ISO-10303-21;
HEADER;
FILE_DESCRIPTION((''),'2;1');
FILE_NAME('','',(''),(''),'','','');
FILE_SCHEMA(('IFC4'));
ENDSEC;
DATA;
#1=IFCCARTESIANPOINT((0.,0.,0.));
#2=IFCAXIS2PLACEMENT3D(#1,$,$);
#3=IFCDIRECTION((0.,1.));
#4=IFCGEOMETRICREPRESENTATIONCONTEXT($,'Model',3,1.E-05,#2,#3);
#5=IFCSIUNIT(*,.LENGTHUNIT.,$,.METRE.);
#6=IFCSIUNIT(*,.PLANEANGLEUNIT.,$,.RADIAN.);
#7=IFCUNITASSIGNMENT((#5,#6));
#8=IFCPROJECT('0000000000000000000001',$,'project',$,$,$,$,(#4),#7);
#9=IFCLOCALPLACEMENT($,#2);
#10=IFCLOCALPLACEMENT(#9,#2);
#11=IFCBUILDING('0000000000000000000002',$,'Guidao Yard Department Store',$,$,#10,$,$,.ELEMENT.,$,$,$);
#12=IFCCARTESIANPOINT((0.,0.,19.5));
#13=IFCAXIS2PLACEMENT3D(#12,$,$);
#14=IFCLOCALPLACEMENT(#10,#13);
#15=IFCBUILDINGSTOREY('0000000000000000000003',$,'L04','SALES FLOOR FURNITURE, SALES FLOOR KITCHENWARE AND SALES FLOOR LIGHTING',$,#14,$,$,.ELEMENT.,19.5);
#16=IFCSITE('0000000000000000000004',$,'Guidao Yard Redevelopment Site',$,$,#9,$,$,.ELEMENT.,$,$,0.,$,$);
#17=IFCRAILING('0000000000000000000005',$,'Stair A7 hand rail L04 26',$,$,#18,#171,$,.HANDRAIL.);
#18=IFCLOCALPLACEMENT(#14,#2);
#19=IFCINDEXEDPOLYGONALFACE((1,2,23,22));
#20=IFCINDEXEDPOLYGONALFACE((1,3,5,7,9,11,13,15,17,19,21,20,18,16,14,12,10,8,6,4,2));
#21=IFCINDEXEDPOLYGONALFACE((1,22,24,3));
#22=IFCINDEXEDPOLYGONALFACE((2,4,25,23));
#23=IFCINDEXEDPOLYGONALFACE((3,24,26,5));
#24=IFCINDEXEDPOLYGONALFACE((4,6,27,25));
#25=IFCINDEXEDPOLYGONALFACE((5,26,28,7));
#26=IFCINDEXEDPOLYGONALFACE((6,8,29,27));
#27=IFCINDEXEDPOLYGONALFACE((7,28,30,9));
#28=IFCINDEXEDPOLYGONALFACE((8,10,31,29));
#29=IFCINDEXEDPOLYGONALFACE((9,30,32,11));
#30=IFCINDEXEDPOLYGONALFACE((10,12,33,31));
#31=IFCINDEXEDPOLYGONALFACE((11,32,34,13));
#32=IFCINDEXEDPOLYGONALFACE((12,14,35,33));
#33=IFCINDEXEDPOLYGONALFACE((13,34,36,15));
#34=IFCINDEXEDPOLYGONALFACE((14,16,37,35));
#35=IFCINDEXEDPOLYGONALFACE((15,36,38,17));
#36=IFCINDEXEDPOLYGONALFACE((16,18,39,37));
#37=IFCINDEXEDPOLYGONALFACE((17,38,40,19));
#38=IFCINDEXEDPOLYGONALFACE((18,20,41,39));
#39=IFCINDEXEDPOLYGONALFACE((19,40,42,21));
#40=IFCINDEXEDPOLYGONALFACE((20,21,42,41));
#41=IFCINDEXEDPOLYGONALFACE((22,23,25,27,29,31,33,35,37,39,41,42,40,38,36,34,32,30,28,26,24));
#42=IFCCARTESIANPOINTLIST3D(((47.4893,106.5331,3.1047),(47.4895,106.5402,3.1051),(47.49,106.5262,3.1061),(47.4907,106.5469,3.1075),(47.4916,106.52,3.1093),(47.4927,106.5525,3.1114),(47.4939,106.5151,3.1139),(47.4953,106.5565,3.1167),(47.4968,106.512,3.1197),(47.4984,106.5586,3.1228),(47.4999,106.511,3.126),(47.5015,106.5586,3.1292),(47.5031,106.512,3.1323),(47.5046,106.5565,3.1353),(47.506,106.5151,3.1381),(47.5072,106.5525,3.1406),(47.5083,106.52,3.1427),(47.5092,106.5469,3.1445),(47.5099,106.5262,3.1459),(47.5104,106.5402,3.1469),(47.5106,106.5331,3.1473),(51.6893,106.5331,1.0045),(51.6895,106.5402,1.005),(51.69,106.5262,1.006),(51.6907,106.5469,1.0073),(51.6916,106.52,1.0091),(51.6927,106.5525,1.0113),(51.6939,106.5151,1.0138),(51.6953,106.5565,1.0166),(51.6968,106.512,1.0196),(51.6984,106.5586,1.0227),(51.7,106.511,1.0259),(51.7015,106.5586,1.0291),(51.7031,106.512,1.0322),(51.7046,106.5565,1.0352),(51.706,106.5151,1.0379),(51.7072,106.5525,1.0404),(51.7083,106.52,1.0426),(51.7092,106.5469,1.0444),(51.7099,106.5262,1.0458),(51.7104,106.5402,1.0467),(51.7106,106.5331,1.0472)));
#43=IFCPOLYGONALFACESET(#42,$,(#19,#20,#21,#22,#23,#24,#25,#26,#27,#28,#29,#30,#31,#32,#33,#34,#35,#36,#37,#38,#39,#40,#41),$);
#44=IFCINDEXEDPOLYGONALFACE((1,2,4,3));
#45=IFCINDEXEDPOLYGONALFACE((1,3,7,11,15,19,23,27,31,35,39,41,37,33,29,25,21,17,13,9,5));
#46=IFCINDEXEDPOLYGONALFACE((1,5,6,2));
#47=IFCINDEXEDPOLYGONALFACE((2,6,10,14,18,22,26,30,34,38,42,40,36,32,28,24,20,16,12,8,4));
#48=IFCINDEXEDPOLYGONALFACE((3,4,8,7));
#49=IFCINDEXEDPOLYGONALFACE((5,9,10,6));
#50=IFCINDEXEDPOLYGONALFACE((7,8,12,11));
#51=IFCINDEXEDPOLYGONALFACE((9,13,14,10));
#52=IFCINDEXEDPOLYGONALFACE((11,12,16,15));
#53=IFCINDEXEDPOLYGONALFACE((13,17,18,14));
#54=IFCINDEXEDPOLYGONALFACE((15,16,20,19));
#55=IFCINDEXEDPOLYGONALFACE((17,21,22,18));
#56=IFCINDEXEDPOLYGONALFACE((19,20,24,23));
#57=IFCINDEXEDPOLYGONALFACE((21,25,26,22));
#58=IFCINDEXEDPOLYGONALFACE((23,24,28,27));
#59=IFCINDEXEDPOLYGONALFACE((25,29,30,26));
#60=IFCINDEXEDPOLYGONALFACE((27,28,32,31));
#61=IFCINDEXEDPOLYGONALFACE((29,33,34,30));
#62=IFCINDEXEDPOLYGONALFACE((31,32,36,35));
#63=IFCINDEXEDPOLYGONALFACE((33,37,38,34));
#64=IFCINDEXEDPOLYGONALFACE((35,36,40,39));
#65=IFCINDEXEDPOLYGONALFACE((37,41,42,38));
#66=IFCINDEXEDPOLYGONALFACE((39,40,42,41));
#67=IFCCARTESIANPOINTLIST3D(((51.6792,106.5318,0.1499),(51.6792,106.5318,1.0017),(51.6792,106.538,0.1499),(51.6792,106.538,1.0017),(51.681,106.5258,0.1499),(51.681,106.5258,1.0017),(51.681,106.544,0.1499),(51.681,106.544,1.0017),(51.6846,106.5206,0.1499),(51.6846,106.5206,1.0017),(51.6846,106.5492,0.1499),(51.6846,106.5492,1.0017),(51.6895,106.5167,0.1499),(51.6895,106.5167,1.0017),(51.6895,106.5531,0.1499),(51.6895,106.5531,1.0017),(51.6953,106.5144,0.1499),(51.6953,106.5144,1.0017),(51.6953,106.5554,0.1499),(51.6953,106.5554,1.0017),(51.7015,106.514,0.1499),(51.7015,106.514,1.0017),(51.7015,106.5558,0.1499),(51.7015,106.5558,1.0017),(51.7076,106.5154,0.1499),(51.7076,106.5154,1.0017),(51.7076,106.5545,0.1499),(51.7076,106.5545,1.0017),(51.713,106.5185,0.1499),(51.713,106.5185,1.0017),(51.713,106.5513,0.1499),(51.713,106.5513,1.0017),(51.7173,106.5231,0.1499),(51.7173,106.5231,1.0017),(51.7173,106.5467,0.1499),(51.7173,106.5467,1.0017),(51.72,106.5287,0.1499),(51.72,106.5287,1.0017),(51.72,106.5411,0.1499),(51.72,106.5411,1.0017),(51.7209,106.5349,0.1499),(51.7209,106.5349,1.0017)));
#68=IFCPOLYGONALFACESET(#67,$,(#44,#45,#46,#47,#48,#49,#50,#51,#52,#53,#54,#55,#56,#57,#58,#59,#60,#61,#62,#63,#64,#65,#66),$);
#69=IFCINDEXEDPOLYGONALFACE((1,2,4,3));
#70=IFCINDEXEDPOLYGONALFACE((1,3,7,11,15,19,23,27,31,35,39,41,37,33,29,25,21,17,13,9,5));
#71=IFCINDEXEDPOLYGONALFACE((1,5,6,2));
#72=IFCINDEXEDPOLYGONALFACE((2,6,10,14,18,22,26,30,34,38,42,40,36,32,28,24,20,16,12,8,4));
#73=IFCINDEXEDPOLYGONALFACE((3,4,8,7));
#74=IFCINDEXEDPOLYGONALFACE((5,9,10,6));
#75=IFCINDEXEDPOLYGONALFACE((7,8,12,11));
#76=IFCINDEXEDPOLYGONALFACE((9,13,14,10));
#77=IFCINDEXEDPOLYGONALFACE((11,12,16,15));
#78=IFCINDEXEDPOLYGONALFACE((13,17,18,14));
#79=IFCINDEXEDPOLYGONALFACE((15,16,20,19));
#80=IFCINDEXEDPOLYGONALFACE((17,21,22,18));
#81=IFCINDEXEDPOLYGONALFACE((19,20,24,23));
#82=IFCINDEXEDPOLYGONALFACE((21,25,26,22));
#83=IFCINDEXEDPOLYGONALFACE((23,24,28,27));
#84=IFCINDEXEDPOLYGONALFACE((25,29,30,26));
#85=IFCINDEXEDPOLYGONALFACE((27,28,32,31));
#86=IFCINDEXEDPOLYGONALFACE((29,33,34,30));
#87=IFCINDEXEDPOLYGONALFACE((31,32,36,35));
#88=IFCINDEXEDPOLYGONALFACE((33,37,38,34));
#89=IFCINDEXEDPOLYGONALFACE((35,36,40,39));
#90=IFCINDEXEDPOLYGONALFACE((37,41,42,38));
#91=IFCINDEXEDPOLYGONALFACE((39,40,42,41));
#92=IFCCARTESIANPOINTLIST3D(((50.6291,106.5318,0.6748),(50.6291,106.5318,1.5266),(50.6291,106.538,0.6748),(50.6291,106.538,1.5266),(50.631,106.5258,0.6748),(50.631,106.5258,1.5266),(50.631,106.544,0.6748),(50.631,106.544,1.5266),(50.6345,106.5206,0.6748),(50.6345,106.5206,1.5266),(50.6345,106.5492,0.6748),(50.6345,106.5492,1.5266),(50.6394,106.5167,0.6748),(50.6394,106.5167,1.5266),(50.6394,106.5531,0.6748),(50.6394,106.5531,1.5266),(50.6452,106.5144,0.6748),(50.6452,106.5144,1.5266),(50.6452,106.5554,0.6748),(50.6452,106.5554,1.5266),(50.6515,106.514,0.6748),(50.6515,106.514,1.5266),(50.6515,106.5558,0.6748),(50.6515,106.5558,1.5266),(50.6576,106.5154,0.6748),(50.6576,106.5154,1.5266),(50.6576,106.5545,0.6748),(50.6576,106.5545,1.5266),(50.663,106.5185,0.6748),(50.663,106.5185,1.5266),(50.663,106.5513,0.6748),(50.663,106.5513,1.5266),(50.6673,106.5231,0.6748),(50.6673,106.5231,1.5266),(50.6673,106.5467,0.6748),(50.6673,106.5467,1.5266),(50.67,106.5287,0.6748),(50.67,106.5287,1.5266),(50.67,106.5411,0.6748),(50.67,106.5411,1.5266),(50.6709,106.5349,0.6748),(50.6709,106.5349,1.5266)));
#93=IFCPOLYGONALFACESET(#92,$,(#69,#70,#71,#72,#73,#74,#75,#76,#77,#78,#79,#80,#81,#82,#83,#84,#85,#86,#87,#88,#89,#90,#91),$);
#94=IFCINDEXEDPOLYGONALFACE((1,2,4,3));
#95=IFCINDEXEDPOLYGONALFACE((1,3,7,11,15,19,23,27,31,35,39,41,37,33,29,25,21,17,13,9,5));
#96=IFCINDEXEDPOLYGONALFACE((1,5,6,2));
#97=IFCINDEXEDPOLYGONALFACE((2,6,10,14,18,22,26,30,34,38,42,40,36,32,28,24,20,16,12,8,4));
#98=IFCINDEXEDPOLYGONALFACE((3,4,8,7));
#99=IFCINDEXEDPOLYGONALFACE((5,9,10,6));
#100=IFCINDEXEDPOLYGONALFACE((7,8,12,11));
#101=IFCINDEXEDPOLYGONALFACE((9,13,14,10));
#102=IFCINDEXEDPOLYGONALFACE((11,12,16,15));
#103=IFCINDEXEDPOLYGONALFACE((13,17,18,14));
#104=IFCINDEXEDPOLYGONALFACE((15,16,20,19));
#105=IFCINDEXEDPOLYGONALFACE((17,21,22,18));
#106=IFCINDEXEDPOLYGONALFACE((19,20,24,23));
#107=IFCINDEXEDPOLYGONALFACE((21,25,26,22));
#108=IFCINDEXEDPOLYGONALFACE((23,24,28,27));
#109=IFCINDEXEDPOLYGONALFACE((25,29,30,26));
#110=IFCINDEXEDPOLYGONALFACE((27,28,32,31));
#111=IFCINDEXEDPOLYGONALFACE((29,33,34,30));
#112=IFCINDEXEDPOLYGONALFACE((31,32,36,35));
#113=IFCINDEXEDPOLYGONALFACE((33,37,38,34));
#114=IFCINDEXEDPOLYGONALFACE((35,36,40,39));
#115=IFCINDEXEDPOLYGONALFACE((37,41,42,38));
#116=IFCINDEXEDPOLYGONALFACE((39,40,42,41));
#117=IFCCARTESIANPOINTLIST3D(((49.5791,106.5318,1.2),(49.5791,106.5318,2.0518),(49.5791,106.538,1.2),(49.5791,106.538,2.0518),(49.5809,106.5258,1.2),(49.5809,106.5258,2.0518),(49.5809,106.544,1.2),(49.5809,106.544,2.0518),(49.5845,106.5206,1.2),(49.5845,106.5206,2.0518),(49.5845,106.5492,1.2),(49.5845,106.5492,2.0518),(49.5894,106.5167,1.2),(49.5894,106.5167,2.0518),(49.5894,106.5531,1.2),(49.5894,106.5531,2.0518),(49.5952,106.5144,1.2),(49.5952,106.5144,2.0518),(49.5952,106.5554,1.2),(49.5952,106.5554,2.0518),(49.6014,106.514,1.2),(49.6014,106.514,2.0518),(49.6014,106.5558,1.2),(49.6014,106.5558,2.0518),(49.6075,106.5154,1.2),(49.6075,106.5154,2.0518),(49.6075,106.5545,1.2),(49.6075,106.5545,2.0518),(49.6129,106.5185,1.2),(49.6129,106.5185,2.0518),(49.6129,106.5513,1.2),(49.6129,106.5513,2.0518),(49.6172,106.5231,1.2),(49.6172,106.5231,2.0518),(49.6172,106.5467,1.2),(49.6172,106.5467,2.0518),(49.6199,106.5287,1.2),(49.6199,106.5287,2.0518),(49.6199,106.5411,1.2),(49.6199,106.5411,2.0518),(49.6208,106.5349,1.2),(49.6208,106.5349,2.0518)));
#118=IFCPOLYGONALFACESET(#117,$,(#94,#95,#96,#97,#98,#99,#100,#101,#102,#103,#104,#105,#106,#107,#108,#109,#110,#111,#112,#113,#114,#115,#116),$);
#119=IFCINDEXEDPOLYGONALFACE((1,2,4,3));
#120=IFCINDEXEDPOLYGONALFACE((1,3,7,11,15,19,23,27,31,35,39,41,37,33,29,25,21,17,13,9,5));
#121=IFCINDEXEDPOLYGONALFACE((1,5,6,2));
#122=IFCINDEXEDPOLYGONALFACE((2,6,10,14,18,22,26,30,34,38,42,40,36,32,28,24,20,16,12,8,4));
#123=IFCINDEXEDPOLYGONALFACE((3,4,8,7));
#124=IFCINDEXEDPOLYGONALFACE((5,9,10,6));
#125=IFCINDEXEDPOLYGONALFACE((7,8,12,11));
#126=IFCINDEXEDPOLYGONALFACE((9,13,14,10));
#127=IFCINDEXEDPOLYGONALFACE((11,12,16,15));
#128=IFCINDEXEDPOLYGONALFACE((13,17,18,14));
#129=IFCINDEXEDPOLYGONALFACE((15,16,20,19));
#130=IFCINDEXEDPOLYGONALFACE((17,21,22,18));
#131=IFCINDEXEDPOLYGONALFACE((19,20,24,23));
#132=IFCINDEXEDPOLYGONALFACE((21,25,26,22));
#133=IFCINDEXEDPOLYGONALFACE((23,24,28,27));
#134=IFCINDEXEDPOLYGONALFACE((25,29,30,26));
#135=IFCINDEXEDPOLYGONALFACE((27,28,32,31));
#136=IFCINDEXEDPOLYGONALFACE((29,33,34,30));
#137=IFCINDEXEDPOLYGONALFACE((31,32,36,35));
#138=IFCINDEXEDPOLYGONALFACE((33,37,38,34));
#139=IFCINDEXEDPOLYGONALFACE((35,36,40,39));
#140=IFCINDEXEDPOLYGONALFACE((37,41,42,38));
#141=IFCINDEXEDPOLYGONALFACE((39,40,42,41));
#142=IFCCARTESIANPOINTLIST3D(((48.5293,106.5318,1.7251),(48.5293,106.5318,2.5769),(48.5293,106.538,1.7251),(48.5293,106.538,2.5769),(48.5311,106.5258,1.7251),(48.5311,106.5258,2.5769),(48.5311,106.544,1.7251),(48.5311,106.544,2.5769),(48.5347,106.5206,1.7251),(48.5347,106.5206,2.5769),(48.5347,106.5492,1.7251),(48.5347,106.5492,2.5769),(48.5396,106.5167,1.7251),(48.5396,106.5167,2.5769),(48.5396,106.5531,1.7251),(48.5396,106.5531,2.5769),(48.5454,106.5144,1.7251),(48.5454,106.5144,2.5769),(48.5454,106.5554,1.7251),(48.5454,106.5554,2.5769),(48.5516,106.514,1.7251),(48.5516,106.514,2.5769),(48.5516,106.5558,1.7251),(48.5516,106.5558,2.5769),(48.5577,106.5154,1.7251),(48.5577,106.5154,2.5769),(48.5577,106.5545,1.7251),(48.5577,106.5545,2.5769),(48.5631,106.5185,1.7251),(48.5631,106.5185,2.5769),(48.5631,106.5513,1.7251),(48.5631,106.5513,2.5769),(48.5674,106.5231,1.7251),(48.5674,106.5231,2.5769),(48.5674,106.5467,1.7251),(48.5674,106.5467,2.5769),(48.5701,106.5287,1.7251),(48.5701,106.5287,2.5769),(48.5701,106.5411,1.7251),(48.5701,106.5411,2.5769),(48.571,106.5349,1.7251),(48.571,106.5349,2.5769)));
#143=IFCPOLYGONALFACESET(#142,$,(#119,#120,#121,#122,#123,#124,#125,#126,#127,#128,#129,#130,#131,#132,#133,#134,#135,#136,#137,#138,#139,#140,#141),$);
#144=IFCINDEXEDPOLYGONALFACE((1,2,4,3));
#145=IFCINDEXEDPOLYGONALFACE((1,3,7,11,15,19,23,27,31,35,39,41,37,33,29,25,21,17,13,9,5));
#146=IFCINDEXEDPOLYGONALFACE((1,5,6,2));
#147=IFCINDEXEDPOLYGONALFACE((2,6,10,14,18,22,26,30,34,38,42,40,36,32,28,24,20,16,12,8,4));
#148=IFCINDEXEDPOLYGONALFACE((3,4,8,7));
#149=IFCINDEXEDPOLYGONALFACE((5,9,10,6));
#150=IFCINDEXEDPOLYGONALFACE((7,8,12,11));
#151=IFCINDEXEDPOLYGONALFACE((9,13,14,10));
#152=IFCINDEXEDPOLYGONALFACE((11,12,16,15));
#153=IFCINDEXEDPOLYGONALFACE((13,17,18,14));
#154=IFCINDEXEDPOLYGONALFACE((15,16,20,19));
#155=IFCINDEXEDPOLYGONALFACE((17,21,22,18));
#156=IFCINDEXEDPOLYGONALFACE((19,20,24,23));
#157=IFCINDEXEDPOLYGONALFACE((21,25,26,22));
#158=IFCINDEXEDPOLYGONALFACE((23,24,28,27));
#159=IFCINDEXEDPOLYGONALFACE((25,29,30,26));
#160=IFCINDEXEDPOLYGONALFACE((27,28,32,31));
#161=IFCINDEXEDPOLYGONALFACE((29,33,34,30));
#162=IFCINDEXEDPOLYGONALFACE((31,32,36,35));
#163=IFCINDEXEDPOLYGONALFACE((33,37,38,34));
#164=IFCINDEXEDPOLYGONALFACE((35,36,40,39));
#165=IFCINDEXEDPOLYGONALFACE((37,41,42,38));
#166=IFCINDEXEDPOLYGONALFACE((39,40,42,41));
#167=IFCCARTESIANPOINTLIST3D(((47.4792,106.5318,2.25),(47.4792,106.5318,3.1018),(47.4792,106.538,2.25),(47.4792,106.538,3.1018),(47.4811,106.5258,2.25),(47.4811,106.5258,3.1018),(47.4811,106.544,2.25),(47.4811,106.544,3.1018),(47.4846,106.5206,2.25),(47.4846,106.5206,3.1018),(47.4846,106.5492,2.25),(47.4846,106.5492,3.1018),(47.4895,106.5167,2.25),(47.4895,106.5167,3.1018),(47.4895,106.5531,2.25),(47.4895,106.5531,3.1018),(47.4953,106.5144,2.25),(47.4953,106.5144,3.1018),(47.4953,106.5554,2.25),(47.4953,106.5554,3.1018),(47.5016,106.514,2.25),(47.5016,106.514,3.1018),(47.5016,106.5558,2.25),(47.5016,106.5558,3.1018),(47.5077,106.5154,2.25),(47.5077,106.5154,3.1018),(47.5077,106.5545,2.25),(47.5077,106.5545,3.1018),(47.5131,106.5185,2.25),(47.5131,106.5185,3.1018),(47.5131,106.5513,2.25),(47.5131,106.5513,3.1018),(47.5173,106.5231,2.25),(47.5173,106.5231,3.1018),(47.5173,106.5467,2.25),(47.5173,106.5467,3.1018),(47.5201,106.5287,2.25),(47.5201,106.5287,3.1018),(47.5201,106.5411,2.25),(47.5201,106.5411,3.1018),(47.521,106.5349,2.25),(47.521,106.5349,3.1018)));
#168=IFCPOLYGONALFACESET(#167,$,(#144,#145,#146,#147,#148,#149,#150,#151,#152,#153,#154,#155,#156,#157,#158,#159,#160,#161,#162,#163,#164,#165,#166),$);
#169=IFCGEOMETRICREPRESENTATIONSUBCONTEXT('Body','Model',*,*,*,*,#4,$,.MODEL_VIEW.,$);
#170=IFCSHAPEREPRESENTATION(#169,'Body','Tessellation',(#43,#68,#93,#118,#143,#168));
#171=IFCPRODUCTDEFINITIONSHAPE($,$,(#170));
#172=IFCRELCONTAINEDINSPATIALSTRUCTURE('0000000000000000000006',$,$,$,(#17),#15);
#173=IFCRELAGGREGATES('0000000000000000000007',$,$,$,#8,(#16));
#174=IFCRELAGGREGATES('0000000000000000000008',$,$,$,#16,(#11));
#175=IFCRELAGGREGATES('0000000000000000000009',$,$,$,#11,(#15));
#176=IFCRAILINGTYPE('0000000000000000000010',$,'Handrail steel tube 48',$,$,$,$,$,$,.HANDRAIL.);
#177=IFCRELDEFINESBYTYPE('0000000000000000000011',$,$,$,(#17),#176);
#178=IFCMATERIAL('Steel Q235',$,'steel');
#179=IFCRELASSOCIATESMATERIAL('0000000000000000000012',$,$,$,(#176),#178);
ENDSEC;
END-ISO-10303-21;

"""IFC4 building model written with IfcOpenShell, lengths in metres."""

from ifc_helpers import new_model, si_unit, direction, frame, origin, origin_2d, place, context, subcontext, project, spatial, circle, extrude, material, type_object, element, save


model = new_model("IFC4")

# Units and contexts
model_context = context("Model", 3, precision=1e-05, world=origin(), true_north=direction((0.0, 1.0)))
body_context = subcontext(model_context, "Body", "Model", "MODEL_VIEW")
ifc_project = project(units=[si_unit("LENGTHUNIT", "METRE"), si_unit("PLANEANGLEUNIT", "RADIAN")], contexts=[model_context])

# Site, building, storey
site_placement = place(None, origin())
site = spatial("IfcSite", under=ifc_project, at=site_placement, Name="Guidao Yard Redevelopment Site", CompositionType="ELEMENT", RefElevation=0.0)
building_placement = place(site_placement, origin())
building = spatial("IfcBuilding", under=site, at=building_placement, Name="Guidao Yard Department Store", CompositionType="ELEMENT")
storey_placement = place(building_placement, frame((0.0, 0.0, 19.5)))
storey = spatial("IfcBuildingStorey", under=building, at=storey_placement, Name="L04", Description="SALES FLOOR FURNITURE, SALES FLOOR KITCHENWARE AND SALES FLOOR LIGHTING", CompositionType="ELEMENT", Elevation=19.5)

# Railing
ifc_material_1 = material(Name="Steel Q235", Category="steel")
railing_type_1 = type_object("IfcRailingType", Name="Handrail steel tube 48", PredefinedType="HANDRAIL", material=ifc_material_1)
for number, where, name in (
    (1, (51.7, 106.5349, 0.1499), "Stair A7 hand rail L04 26"),
):
    element("IfcRailing", number, at=place(storey_placement, frame(where)), inside=storey, type_object=railing_type_1, Name=name, PredefinedType="HANDRAIL", context=body_context, shape_type="SweptSolid", body=[
        extrude(circle(Radius=0.0239, at=origin_2d()), frame((0.0, 0.0, 0.876), z_axis=(-0.894417, 0.0, 0.447234), x_axis=(0.0, -1.0, 0.0)), (0.0, 0.0, 1.0), 4.6958),
        extrude(circle(Radius=0.021, at=origin_2d()), origin(), (0.0, 0.0, 1.0), 0.8518),
        extrude(circle(Radius=0.021, at=origin_2d()), frame((-1.05, 0.0, 0.5249)), (0.0, 0.0, 1.0), 0.8518),
        extrude(circle(Radius=0.021, at=origin_2d()), frame((-2.1001, 0.0, 1.05)), (0.0, 0.0, 1.0), 0.8518),
        extrude(circle(Radius=0.021, at=origin_2d()), frame((-3.1499, 0.0, 1.5752)), (0.0, 0.0, 1.0), 0.8518),
        extrude(circle(Radius=0.021, at=origin_2d()), frame((-4.2, 0.0, 2.1001)), (0.0, 0.0, 1.0), 0.8518),
    ])

save(model, "model.ifc")
